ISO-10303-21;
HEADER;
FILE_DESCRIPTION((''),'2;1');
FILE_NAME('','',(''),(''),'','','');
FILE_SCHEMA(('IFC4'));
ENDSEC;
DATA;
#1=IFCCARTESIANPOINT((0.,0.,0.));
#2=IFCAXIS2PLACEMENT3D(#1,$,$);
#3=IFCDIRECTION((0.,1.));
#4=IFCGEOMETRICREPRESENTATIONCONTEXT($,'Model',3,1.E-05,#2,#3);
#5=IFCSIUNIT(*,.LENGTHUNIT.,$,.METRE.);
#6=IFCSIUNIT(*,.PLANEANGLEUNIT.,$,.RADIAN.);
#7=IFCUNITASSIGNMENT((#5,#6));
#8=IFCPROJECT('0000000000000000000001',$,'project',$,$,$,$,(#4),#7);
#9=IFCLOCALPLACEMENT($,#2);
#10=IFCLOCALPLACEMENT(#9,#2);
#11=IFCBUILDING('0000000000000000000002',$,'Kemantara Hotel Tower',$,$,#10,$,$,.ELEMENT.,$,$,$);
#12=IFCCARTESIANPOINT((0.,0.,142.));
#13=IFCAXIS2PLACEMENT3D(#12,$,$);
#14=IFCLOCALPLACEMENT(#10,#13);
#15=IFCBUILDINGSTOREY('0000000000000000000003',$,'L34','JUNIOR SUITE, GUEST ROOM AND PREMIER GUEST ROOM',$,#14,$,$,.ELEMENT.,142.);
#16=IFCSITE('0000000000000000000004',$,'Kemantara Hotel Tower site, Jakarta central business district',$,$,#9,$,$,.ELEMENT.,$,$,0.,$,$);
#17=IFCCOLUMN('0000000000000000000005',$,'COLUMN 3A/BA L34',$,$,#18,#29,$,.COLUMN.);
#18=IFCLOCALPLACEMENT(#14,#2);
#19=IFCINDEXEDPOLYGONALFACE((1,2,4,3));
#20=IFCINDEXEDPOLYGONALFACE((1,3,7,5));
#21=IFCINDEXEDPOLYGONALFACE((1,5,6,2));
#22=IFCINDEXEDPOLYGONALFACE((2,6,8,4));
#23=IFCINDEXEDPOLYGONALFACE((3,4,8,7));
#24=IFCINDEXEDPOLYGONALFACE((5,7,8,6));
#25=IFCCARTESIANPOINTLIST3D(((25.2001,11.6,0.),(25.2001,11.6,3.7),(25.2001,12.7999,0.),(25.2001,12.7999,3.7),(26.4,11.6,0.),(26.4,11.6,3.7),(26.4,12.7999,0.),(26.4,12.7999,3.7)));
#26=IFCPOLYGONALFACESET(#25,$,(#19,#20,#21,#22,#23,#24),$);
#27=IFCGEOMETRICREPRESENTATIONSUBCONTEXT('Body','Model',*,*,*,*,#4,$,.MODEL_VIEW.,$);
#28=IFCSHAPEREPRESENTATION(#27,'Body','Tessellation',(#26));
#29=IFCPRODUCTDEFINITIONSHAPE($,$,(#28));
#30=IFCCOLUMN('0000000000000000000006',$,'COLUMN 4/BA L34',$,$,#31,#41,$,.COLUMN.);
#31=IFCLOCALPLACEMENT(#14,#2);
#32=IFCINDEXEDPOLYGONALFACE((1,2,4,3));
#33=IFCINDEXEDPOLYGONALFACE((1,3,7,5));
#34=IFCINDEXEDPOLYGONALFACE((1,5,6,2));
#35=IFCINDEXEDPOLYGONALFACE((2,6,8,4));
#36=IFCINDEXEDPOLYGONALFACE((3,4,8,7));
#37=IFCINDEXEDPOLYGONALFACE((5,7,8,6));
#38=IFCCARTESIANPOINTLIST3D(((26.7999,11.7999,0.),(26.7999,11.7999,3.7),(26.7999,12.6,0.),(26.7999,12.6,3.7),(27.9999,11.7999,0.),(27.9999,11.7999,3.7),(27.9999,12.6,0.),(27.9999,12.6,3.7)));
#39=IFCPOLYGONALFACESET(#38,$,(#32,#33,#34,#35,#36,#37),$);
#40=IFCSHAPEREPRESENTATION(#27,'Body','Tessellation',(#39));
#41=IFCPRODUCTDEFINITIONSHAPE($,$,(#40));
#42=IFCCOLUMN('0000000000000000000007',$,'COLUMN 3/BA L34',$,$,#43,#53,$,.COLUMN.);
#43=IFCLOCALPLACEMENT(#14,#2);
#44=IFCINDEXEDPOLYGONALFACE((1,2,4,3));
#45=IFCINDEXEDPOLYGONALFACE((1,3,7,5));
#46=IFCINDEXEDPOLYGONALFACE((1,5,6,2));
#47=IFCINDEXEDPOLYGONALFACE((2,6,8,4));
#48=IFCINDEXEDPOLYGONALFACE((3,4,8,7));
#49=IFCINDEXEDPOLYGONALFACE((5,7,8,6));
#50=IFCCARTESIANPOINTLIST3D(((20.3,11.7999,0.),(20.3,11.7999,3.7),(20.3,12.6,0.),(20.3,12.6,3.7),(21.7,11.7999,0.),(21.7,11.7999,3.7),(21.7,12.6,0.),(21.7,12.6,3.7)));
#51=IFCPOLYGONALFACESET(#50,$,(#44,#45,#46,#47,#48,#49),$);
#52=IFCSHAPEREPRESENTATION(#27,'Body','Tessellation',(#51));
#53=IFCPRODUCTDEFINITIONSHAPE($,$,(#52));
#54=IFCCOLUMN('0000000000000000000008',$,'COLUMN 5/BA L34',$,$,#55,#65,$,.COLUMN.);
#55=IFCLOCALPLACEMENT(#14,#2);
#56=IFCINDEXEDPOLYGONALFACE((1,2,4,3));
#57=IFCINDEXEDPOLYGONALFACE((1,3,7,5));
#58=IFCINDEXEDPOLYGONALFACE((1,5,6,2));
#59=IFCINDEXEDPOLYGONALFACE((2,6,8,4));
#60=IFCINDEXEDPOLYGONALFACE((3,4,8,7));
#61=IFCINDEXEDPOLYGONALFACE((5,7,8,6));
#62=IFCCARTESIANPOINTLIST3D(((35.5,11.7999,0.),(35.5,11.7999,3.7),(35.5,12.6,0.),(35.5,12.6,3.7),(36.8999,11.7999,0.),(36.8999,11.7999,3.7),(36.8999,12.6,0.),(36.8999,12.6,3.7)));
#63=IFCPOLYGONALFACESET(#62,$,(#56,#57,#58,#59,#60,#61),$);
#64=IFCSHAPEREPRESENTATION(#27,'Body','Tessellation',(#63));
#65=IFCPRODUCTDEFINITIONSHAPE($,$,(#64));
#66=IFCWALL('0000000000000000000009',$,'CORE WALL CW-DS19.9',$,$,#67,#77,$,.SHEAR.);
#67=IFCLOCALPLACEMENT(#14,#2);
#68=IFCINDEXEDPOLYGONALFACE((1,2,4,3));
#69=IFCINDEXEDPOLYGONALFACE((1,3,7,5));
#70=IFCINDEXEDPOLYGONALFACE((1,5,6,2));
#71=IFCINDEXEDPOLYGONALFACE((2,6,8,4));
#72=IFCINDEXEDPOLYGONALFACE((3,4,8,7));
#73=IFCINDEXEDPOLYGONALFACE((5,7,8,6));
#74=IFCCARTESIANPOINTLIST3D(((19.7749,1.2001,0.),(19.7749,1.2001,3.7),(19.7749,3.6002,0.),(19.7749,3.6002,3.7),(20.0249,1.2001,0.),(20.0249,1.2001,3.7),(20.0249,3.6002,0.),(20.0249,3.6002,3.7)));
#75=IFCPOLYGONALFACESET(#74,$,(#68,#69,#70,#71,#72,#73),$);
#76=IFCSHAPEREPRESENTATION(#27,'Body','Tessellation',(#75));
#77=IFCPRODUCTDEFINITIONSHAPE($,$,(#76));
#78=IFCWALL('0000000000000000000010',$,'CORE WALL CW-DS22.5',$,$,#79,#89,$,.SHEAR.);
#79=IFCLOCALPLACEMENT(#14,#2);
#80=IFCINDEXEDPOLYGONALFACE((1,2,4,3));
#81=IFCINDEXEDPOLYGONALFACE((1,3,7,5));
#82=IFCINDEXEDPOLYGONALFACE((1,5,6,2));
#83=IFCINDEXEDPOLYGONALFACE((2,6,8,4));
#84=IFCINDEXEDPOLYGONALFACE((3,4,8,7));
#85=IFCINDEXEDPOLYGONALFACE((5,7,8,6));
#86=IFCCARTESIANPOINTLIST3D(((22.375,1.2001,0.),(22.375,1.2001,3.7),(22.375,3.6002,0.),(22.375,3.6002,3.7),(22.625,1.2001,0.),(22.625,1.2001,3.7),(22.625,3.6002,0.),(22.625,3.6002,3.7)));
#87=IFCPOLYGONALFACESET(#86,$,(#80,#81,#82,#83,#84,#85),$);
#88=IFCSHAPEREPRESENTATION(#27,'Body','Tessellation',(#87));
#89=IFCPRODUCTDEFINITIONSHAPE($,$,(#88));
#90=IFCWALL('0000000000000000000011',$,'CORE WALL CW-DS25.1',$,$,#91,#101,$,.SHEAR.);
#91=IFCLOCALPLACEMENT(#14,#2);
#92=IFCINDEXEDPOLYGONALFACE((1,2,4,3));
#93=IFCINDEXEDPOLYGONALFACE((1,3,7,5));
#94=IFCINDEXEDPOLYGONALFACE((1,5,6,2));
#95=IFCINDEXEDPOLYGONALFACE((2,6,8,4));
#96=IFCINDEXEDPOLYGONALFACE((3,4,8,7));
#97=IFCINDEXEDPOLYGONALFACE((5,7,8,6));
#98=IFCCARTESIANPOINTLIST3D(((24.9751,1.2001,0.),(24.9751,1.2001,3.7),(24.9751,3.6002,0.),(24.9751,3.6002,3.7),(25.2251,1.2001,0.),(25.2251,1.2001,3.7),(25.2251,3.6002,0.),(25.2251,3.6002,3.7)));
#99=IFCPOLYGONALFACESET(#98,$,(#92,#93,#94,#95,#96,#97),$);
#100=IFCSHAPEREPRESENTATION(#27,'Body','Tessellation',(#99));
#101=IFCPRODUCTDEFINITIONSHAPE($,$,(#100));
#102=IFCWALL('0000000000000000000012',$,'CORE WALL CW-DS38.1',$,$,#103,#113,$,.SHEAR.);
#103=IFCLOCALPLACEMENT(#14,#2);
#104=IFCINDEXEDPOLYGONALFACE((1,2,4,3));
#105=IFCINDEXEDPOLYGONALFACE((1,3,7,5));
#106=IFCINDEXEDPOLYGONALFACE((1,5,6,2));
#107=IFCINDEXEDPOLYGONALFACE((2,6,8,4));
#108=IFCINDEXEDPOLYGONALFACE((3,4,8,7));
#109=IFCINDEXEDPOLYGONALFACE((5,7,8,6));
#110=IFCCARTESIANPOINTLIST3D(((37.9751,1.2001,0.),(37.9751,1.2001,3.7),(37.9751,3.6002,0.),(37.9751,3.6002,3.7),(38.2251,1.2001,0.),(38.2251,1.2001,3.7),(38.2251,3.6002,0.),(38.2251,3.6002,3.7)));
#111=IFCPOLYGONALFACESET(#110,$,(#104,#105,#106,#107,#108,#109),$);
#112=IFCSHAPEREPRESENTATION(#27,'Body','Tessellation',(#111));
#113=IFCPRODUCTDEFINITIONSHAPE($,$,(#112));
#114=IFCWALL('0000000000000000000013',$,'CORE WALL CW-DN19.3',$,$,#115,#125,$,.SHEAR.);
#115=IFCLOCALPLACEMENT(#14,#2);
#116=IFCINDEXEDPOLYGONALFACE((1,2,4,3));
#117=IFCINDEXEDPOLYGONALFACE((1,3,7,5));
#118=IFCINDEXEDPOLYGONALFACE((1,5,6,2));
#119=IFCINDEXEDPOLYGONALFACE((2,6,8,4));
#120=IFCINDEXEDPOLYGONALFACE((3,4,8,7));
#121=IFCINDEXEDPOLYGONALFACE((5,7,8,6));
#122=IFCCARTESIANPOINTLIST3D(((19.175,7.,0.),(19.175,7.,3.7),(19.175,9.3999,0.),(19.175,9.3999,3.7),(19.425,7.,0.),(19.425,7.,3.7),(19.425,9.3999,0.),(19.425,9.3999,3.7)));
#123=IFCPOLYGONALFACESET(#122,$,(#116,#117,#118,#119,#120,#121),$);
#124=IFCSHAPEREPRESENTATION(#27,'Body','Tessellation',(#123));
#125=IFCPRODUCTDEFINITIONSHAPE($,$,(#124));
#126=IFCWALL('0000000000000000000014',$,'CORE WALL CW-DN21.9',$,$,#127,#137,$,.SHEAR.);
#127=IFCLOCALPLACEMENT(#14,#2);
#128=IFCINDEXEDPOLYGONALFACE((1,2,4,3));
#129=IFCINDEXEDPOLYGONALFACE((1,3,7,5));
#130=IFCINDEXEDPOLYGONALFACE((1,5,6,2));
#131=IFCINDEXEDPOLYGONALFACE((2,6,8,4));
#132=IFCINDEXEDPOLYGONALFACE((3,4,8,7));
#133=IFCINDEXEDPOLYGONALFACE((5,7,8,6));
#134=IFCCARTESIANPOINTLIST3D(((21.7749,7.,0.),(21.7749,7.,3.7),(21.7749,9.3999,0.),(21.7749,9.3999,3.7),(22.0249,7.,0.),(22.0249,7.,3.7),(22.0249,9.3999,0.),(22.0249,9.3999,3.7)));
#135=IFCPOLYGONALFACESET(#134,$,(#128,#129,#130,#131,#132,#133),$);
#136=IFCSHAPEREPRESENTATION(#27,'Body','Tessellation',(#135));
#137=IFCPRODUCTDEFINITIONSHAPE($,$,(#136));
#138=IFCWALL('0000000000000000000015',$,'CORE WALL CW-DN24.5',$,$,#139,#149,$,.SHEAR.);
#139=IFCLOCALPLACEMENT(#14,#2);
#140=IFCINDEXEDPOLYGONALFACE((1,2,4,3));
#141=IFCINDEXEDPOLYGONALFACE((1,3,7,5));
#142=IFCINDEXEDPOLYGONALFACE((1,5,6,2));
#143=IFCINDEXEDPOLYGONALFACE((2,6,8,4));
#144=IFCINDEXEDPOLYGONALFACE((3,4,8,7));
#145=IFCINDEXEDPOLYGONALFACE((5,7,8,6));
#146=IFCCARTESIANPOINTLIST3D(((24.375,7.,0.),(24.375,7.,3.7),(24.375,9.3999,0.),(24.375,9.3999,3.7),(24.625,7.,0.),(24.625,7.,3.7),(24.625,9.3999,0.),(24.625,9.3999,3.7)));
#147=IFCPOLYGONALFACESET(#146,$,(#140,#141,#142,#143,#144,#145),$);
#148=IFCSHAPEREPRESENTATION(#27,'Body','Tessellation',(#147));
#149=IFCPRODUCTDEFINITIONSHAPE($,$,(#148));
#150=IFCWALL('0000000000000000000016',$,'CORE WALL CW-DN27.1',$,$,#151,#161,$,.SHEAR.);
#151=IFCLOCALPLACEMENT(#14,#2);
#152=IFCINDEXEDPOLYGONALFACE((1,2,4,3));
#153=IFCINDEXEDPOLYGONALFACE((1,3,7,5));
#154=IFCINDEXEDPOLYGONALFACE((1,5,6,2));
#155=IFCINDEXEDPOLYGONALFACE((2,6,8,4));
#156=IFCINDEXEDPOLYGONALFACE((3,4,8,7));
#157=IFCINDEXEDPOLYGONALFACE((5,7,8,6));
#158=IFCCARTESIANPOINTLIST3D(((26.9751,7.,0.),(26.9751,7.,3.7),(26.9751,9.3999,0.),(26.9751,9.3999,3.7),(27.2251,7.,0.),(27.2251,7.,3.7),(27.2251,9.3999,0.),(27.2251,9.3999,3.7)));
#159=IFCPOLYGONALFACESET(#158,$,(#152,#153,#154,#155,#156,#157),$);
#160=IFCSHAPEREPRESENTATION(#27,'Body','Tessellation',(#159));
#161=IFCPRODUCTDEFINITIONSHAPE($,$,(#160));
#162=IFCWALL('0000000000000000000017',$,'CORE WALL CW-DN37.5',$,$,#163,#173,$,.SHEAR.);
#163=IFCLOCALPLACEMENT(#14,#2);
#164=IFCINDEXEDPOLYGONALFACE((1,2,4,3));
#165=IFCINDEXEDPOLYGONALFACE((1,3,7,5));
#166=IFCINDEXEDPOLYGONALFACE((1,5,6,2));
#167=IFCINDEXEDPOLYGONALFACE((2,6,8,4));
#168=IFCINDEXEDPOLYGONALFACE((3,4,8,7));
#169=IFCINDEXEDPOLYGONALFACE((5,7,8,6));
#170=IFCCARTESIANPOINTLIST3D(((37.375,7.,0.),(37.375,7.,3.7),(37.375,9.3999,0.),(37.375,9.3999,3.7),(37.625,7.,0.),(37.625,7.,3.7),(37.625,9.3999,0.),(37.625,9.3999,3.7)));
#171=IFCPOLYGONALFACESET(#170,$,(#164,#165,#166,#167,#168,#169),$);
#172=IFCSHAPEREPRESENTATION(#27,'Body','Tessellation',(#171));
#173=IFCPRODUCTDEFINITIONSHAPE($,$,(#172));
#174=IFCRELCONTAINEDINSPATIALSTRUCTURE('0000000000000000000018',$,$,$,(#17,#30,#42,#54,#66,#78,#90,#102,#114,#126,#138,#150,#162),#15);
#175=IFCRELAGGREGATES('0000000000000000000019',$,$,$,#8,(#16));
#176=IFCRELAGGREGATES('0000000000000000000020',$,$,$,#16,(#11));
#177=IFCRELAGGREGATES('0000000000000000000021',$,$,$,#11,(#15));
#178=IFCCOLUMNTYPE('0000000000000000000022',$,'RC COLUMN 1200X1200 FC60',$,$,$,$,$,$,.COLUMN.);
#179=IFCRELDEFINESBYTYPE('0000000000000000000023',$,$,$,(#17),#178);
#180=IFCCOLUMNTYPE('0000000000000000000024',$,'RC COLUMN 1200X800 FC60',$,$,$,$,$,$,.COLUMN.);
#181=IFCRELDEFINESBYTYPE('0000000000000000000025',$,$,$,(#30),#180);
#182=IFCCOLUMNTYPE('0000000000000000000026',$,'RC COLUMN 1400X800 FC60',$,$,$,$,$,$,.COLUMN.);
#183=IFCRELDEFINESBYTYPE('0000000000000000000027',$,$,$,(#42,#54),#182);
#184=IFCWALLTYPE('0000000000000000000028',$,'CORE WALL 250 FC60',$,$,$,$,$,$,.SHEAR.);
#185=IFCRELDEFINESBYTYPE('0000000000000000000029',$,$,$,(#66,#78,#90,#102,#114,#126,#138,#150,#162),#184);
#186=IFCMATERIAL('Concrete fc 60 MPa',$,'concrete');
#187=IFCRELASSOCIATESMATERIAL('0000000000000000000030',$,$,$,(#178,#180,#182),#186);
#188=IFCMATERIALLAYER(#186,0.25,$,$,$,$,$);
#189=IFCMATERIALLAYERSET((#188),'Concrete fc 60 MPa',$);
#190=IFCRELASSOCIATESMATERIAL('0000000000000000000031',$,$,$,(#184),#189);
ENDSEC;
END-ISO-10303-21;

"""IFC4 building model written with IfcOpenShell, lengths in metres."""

from ifc_helpers import new_model, si_unit, direction, frame, frame_2d, origin, origin_2d, place, context, subcontext, project, spatial, rectangle, extrude, material, layer, layer_set, material_profile, profile_set, type_object, element, save


model = new_model("IFC4")

# Units and contexts
model_context = context("Model", 3, precision=1e-05, world=origin(), true_north=direction((0.0, 1.0)))
body_context = subcontext(model_context, "Body", "Model", "MODEL_VIEW")
ifc_project = project(units=[si_unit("LENGTHUNIT", "METRE"), si_unit("PLANEANGLEUNIT", "RADIAN")], contexts=[model_context])

# Site, building, storey
site_placement = place(None, origin())
site = spatial("IfcSite", under=ifc_project, at=site_placement, Name="Kemantara Hotel Tower site, Jakarta central business district", CompositionType="ELEMENT", RefElevation=0.0)
building_placement = place(site_placement, origin())
building = spatial("IfcBuilding", under=site, at=building_placement, Name="Kemantara Hotel Tower", CompositionType="ELEMENT")
storey_placement = place(building_placement, frame((0.0, 0.0, 142.0)))
storey = spatial("IfcBuildingStorey", under=building, at=storey_placement, Name="L34", Description="JUNIOR SUITE, GUEST ROOM AND PREMIER GUEST ROOM", CompositionType="ELEMENT", Elevation=142.0)

# Columns
ifc_material_1 = material(Name="Concrete fc 60 MPa", Category="concrete")
ifc_material_profile_1 = material_profile(ifc_material_1, rectangle(XDim=1.2, YDim=1.2, at=origin_2d()), Name="RC 1200X1200")
ifc_profile_set_1 = profile_set([ifc_material_profile_1], Name="Concrete fc 60 MPa")
column_type_1 = type_object("IfcColumnType", Name="RC COLUMN 1200X1200 FC60", PredefinedType="COLUMN", material=ifc_profile_set_1)
column_1_placement = place(storey_placement, frame((25.8, 12.2, 0.0), z_axis=(0.0, 0.0, 1.0), x_axis=(1.0, 0.0, 0.0)))
element("IfcColumn", 1, at=column_1_placement, inside=storey, type_object=column_type_1, Name="COLUMN 3A/BA L34", PredefinedType="COLUMN", context=body_context, shape_type="SweptSolid", body=[
    extrude(rectangle(XDim=1.2, YDim=1.2, at=origin_2d()), origin(), (0.0, 0.0, 1.0), 3.7),
])
ifc_material_profile_2 = material_profile(ifc_material_1, rectangle(XDim=1.2, YDim=0.8, at=origin_2d()), Name="RC 1200X800")
ifc_profile_set_2 = profile_set([ifc_material_profile_2], Name="Concrete fc 60 MPa")
column_type_2 = type_object("IfcColumnType", Name="RC COLUMN 1200X800 FC60", PredefinedType="COLUMN", material=ifc_profile_set_2)
column_2_placement = place(storey_placement, frame((27.3999, 12.2, 0.0), z_axis=(0.0, 0.0, 1.0), x_axis=(1.0, 0.0, 0.0)))
element("IfcColumn", 2, at=column_2_placement, inside=storey, type_object=column_type_2, Name="COLUMN 4/BA L34", PredefinedType="COLUMN", context=body_context, shape_type="SweptSolid", body=[
    extrude(rectangle(XDim=1.2, YDim=0.8, at=origin_2d()), origin(), (0.0, 0.0, 1.0), 3.7),
])
ifc_material_profile_3 = material_profile(ifc_material_1, rectangle(XDim=1.3999, YDim=0.8, at=origin_2d()), Name="RC 1400X800")
ifc_profile_set_3 = profile_set([ifc_material_profile_3], Name="Concrete fc 60 MPa")
column_type_3 = type_object("IfcColumnType", Name="RC COLUMN 1400X800 FC60", PredefinedType="COLUMN", material=ifc_profile_set_3)
for number, where, z_axis, x_axis, name in (
    (3, (21.0, 12.2, 0.0), (0.0, 0.0, 1.0), (1.0, 0.0, 0.0), "COLUMN 3/BA L34"),
    (4, (36.2, 12.2, 0.0), (0.0, 0.0, 1.0), (1.0, 0.0, 0.0), "COLUMN 5/BA L34"),
):
    element("IfcColumn", number, at=place(storey_placement, frame(where, z_axis=z_axis, x_axis=x_axis)), inside=storey, type_object=column_type_3, Name=name, PredefinedType="COLUMN", context=body_context, shape_type="SweptSolid", body=[
        extrude(rectangle(XDim=1.3999, YDim=0.8, at=origin_2d()), origin(), (0.0, 0.0, 1.0), 3.7),
    ])

# Walls
ifc_layer_1 = layer(ifc_material_1, 0.25)
ifc_layer_set_1 = layer_set([ifc_layer_1], Name="Concrete fc 60 MPa")
wall_type_1 = type_object("IfcWallType", Name="CORE WALL 250 FC60", PredefinedType="SHEAR", material=ifc_layer_set_1)
for number, where, z_axis, x_axis, name in (
    (5, (19.8999, 1.2, 0.0), (0.0, 0.0, 1.0), (0.0, 1.0, 0.0), "CORE WALL CW-DS19.9"),
    (6, (22.5, 1.2, 0.0), (0.0, 0.0, 1.0), (0.0, 1.0, 0.0), "CORE WALL CW-DS22.5"),
    (7, (25.1001, 1.2, 0.0), (0.0, 0.0, 1.0), (0.0, 1.0, 0.0), "CORE WALL CW-DS25.1"),
    (8, (38.1001, 1.2, 0.0), (0.0, 0.0, 1.0), (0.0, 1.0, 0.0), "CORE WALL CW-DS38.1"),
):
    element("IfcWall", number, at=place(storey_placement, frame(where, z_axis=z_axis, x_axis=x_axis)), inside=storey, type_object=wall_type_1, Name=name, PredefinedType="SHEAR", context=body_context, shape_type="SweptSolid", body=[
        extrude(rectangle(XDim=2.4001, YDim=0.25, at=frame_2d((1.2002, 0.0))), origin(), (0.0, 0.0, 1.0), 3.7),
    ])
for number, where, z_axis, x_axis, name in (
    (9, (19.3, 7.0, 0.0), (0.0, 0.0, 1.0), (0.0, 1.0, 0.0), "CORE WALL CW-DN19.3"),
    (10, (21.8999, 7.0, 0.0), (0.0, 0.0, 1.0), (0.0, 1.0, 0.0), "CORE WALL CW-DN21.9"),
    (11, (24.5, 7.0, 0.0), (0.0, 0.0, 1.0), (0.0, 1.0, 0.0), "CORE WALL CW-DN24.5"),
    (12, (27.1001, 7.0, 0.0), (0.0, 0.0, 1.0), (0.0, 1.0, 0.0), "CORE WALL CW-DN27.1"),
    (13, (37.5, 7.0, 0.0), (0.0, 0.0, 1.0), (0.0, 1.0, 0.0), "CORE WALL CW-DN37.5"),
):
    element("IfcWall", number, at=place(storey_placement, frame(where, z_axis=z_axis, x_axis=x_axis)), inside=storey, type_object=wall_type_1, Name=name, PredefinedType="SHEAR", context=body_context, shape_type="SweptSolid", body=[
        extrude(rectangle(XDim=2.3999, YDim=0.25, at=frame_2d((1.2, 0.0))), origin(), (0.0, 0.0, 1.0), 3.7),
    ])

save(model, "model.ifc")
